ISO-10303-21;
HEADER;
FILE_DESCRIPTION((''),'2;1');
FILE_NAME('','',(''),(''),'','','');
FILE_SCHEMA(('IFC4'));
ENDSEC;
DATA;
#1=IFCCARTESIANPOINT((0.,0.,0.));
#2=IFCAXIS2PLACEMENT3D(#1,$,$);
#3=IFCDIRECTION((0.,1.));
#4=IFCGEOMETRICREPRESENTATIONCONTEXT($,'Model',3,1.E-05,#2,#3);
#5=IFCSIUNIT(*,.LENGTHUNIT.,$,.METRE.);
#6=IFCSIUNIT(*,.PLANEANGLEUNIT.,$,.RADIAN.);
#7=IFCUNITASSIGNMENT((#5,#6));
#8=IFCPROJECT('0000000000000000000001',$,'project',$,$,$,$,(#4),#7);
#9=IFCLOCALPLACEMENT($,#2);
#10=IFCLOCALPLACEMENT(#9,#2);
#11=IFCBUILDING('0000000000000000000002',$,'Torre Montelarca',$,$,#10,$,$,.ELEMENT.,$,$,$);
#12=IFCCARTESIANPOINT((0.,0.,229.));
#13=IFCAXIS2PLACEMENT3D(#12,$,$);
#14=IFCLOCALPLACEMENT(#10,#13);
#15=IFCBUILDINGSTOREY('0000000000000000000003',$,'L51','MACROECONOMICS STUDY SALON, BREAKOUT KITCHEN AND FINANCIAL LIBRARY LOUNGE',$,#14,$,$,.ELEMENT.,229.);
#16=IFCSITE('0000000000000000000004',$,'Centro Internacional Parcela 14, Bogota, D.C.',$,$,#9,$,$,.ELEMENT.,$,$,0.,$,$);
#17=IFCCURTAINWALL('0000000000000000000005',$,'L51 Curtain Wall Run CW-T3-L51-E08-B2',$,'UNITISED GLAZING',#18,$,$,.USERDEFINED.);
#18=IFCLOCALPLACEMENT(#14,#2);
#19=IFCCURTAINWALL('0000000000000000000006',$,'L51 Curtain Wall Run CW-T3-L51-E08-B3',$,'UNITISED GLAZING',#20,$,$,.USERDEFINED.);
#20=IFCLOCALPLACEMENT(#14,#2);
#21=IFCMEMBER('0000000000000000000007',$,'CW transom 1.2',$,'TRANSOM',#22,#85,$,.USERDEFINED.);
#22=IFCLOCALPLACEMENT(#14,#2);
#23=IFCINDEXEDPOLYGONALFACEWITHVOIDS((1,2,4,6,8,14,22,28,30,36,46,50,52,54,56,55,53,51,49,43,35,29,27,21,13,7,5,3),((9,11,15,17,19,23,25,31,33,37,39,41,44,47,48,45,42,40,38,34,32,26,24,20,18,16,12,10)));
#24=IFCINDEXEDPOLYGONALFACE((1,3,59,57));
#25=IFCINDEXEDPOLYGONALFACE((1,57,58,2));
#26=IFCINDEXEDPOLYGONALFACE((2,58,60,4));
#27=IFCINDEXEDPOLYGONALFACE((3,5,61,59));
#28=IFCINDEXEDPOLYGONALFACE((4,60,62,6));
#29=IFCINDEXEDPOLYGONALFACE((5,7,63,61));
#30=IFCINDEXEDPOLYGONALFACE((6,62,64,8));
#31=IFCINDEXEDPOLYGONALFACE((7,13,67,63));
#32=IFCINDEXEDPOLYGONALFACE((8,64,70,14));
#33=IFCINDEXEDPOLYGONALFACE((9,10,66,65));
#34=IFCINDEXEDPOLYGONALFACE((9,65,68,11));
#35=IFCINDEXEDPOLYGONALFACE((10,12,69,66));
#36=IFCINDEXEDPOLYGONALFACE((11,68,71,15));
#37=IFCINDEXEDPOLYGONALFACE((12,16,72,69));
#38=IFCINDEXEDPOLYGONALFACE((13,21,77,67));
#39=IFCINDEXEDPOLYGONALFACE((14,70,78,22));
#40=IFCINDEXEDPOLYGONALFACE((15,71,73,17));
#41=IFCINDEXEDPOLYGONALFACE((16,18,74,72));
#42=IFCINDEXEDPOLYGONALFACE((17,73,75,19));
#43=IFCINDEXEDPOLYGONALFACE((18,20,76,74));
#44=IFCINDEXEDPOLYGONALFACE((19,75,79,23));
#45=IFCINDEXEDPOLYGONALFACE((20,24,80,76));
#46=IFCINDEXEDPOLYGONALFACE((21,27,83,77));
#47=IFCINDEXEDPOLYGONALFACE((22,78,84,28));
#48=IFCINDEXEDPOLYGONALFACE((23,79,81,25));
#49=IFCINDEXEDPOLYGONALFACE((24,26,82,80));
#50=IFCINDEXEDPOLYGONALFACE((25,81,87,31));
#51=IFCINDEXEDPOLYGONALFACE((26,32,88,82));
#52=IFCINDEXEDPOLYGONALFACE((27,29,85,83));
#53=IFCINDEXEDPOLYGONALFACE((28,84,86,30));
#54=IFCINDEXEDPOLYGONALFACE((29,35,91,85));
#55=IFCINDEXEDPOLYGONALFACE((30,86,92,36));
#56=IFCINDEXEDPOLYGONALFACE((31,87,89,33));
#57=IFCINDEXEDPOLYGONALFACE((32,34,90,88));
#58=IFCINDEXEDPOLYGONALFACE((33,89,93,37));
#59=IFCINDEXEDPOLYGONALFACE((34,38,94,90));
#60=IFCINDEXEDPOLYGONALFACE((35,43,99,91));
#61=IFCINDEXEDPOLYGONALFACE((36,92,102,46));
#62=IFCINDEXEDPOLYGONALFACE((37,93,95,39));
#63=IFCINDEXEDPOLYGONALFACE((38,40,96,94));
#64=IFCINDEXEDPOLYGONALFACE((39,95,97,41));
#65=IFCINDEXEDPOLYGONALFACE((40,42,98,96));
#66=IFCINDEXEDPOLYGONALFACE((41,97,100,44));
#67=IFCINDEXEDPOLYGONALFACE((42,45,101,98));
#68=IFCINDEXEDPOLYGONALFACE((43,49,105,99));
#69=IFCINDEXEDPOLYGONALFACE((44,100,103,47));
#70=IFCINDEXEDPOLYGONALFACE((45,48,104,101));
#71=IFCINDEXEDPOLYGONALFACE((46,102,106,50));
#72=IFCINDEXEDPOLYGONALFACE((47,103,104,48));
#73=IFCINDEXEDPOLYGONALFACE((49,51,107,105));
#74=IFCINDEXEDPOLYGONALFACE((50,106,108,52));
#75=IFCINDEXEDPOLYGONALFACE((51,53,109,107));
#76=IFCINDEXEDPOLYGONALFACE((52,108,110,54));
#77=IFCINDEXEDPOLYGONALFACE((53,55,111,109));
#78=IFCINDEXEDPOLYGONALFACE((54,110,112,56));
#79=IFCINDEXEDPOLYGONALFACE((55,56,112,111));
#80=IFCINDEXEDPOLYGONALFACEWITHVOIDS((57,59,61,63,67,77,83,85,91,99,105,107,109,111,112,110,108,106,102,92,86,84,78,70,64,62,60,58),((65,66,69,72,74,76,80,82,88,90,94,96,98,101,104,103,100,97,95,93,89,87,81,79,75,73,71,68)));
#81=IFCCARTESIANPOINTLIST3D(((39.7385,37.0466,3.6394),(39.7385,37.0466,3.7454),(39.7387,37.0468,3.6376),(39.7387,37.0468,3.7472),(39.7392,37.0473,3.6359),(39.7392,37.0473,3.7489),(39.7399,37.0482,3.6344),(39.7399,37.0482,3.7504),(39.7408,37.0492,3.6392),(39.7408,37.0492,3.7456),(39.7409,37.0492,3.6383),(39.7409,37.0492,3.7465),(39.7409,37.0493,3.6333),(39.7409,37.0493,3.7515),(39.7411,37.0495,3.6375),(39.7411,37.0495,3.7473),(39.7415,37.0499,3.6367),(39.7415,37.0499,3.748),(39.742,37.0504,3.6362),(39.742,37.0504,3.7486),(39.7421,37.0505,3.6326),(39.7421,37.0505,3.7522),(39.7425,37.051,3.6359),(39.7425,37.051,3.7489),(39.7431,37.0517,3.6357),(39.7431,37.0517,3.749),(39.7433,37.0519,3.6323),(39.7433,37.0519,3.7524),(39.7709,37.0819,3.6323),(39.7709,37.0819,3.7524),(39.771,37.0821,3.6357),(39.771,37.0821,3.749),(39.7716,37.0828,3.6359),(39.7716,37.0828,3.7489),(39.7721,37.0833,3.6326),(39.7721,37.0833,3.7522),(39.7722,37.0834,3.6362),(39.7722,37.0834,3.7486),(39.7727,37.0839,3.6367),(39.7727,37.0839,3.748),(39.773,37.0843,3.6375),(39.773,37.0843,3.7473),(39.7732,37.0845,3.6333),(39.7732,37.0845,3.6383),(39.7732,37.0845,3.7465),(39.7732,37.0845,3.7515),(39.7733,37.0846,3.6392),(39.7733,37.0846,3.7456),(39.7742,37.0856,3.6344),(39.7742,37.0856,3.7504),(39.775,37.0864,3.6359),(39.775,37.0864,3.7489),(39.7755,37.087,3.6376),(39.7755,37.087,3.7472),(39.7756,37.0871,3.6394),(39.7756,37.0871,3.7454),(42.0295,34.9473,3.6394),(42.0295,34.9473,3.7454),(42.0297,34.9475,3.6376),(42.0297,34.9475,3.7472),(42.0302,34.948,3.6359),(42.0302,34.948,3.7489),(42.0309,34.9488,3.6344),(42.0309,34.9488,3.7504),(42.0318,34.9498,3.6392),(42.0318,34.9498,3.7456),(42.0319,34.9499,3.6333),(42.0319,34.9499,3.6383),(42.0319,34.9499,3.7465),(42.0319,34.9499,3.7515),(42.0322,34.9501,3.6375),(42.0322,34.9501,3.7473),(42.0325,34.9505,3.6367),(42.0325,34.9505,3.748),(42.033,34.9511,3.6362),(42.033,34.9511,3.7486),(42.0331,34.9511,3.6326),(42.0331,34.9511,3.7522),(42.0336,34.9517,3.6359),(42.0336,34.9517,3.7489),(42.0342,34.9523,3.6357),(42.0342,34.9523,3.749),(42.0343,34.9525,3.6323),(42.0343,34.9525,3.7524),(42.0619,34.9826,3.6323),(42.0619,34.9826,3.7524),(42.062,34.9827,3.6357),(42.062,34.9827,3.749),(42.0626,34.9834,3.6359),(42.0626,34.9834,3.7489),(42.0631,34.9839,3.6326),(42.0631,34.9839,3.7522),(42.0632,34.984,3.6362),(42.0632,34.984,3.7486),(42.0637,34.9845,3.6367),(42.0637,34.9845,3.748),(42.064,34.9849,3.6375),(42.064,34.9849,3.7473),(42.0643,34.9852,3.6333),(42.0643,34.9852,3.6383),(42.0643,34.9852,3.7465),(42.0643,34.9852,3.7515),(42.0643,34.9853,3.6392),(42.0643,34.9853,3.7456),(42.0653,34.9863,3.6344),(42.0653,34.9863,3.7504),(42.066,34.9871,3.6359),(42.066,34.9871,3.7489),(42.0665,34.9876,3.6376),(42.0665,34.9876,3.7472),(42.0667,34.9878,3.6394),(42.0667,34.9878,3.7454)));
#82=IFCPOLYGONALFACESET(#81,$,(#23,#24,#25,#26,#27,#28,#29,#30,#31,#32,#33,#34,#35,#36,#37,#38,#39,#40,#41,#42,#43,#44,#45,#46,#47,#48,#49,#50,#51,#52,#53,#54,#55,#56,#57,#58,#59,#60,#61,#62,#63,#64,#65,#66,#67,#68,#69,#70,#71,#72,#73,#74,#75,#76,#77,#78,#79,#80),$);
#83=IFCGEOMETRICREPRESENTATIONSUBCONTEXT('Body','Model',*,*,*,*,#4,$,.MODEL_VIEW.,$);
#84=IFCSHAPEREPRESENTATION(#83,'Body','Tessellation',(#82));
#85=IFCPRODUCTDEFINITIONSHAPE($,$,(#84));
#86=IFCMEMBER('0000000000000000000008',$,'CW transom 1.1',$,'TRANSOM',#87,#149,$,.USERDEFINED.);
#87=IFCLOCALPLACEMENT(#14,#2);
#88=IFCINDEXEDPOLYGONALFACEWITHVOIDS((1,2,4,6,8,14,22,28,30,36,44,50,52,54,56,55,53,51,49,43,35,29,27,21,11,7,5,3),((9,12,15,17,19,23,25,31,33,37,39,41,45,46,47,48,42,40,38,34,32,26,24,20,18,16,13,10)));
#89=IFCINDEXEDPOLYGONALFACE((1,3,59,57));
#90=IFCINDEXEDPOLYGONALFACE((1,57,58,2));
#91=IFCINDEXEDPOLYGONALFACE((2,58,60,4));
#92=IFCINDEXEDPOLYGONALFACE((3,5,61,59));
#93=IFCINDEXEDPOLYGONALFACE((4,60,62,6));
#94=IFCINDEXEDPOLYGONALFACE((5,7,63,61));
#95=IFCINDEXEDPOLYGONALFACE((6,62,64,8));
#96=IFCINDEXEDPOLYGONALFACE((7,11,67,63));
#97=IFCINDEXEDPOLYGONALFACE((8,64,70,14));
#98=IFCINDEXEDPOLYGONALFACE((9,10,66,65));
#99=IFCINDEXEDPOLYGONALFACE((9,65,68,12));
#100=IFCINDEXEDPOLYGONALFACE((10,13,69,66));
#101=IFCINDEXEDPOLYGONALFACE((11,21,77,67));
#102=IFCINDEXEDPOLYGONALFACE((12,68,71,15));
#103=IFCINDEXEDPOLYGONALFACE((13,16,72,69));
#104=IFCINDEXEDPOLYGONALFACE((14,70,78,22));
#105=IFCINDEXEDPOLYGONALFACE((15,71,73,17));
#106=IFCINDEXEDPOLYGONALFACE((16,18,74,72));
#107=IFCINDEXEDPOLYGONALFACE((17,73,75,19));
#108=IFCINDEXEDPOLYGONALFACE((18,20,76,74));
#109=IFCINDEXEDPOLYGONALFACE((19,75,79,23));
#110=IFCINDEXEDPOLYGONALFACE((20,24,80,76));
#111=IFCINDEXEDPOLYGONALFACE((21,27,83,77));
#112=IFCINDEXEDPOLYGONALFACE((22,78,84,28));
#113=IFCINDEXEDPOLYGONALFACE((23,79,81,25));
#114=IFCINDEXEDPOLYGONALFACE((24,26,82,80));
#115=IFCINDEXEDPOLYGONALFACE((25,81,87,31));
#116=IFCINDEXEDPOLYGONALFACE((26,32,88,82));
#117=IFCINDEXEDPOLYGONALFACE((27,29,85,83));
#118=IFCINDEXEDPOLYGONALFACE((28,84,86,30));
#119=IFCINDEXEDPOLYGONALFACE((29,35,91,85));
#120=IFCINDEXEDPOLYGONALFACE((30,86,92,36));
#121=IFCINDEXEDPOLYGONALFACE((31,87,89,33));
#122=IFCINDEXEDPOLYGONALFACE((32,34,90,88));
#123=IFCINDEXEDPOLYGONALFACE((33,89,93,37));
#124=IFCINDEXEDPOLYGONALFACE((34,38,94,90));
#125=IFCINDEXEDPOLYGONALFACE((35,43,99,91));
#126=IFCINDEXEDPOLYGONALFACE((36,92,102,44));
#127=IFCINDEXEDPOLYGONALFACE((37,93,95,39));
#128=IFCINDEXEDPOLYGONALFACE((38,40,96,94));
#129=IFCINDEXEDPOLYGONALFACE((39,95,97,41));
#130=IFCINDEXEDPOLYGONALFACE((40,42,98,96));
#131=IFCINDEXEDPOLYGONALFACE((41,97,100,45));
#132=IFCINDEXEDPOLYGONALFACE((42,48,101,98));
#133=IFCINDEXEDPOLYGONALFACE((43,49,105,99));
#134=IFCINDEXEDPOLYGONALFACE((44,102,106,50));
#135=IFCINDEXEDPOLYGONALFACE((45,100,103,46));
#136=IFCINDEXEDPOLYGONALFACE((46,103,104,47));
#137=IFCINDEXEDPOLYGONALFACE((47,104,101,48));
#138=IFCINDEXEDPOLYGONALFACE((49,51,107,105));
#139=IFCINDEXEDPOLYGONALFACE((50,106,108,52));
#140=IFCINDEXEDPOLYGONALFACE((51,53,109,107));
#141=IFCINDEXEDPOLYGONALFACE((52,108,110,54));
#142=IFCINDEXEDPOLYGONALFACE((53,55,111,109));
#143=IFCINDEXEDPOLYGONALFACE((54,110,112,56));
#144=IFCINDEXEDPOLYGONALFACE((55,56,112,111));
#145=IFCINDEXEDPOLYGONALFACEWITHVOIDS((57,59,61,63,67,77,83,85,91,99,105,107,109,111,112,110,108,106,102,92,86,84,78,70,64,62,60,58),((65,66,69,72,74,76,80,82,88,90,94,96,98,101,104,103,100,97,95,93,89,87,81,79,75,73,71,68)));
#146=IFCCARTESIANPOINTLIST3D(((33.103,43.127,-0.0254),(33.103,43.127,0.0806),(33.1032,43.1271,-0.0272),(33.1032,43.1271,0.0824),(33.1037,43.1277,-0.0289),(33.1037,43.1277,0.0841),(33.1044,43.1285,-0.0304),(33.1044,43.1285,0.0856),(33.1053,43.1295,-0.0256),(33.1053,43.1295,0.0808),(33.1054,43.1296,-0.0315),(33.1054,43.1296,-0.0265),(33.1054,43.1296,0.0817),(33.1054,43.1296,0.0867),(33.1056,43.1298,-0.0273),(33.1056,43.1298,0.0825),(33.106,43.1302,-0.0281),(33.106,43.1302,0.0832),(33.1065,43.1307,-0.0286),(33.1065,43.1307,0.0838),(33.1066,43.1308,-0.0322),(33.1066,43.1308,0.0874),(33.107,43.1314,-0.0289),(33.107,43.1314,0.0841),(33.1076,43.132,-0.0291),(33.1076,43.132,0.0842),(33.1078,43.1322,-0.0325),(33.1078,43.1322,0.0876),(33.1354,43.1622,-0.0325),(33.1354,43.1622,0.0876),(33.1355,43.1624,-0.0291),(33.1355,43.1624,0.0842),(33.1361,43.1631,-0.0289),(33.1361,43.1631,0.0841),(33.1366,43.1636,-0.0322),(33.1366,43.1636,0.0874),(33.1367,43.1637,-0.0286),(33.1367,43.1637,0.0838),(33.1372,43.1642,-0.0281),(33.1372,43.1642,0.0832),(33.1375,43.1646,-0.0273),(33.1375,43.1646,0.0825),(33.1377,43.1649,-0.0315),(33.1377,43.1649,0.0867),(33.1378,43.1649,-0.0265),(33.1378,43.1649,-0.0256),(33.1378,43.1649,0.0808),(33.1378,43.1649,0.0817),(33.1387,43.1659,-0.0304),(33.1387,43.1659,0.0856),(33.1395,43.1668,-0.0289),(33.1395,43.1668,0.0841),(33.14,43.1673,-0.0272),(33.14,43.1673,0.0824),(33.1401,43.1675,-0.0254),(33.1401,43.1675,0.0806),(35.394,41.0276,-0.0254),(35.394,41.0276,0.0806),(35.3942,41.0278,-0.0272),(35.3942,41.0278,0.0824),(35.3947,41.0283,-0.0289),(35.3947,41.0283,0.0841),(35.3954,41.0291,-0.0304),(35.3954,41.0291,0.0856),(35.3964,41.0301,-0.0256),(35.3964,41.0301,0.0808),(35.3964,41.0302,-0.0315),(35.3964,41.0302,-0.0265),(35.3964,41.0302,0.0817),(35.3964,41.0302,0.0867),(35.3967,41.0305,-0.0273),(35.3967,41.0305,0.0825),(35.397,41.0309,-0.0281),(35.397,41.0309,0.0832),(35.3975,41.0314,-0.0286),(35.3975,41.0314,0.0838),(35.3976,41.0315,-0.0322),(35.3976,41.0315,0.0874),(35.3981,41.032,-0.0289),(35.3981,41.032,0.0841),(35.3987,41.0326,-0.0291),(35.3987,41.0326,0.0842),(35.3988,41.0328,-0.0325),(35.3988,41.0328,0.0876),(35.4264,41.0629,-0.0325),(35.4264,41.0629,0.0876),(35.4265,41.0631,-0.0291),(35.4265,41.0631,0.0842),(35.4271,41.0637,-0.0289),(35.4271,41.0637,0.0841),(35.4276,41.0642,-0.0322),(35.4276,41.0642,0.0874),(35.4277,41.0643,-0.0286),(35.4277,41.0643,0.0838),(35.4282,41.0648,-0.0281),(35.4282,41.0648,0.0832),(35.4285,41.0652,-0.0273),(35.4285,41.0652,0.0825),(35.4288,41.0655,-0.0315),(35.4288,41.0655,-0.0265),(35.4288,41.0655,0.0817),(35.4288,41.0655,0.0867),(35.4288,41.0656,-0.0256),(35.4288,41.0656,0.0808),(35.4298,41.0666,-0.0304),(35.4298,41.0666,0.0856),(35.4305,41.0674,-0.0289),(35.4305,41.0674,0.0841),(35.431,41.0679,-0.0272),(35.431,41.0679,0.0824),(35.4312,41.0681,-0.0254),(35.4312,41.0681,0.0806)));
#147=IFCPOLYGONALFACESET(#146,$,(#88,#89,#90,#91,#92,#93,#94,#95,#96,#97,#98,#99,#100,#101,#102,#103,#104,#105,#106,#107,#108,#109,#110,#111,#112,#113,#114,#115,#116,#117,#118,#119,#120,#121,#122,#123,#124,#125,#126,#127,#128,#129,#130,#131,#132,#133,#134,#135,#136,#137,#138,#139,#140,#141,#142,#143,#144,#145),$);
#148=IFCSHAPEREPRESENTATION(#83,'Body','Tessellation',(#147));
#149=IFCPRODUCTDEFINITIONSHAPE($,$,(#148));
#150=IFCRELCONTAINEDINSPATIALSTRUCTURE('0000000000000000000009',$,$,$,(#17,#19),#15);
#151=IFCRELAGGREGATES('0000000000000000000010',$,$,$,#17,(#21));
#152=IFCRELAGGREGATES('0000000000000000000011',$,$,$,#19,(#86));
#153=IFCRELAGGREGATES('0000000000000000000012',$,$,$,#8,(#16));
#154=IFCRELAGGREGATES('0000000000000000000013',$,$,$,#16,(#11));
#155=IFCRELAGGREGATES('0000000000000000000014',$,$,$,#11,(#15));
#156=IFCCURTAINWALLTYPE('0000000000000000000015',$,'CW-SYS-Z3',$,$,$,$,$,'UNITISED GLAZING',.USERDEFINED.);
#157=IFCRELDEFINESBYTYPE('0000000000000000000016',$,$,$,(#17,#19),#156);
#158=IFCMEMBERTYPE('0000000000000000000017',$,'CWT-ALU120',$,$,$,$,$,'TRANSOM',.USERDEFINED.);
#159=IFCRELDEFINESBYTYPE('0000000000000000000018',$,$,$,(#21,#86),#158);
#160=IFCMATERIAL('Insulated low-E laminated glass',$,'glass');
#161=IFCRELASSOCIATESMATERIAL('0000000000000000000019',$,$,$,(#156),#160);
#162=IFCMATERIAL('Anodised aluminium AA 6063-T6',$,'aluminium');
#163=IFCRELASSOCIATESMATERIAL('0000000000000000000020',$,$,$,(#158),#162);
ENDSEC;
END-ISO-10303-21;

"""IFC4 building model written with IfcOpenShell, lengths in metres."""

from ifc_helpers import new_model, si_unit, direction, frame, origin, origin_2d, place, context, subcontext, project, spatial, hollow_rectangle, extrude, source, transform, mapped, material, material_profile, profile_set, type_object, element, aggregate, save


model = new_model("IFC4")

# Units and contexts
model_context = context("Model", 3, precision=1e-05, world=origin(), true_north=direction((0.0, 1.0)))
body_context = subcontext(model_context, "Body", "Model", "MODEL_VIEW")
ifc_project = project(units=[si_unit("LENGTHUNIT", "METRE"), si_unit("PLANEANGLEUNIT", "RADIAN")], contexts=[model_context])

# Site, building, storey
site_placement = place(None, origin())
site = spatial("IfcSite", under=ifc_project, at=site_placement, Name="Centro Internacional Parcela 14, Bogota, D.C.", CompositionType="ELEMENT", RefElevation=0.0)
building_placement = place(site_placement, origin())
building = spatial("IfcBuilding", under=site, at=building_placement, Name="Torre Montelarca", CompositionType="ELEMENT")
storey_placement = place(building_placement, frame((0.0, 0.0, 229.0)))
storey = spatial("IfcBuildingStorey", under=building, at=storey_placement, Name="L51", Description="MACROECONOMICS STUDY SALON, BREAKOUT KITCHEN AND FINANCIAL LIBRARY LOUNGE", CompositionType="ELEMENT", Elevation=229.0)

# Curtain walls
ifc_material_1 = material(Name="Insulated low-E laminated glass", Category="glass")
curtain_wall_type = type_object("IfcCurtainWallType", Name="CW-SYS-Z3", ElementType="UNITISED GLAZING", PredefinedType="USERDEFINED", material=ifc_material_1)
ifc_material_2 = material(Name="Anodised aluminium AA 6063-T6", Category="aluminium")
curtain_wall_1_placement = place(storey_placement, origin())
curtain_wall_1 = element("IfcCurtainWall", 1, at=curtain_wall_1_placement, inside=storey, type_object=curtain_wall_type, Name="L51 Curtain Wall Run CW-T3-L51-E08-B2", ObjectType="UNITISED GLAZING", PredefinedType="USERDEFINED")
curtain_wall_2_placement = place(storey_placement, origin())
curtain_wall_2 = element("IfcCurtainWall", 2, at=curtain_wall_2_placement, inside=storey, type_object=curtain_wall_type, Name="L51 Curtain Wall Run CW-T3-L51-E08-B3", ObjectType="UNITISED GLAZING", PredefinedType="USERDEFINED")

# Members
ifc_material_profile_1 = material_profile(ifc_material_2, hollow_rectangle(XDim=0.0549, YDim=0.1201, WallThickness=0.0034, InnerFilletRadius=0.0034, OuterFilletRadius=0.0071, at=origin_2d()), Name="ALU55X120X3.5", Category="aluminium")
ifc_profile_set_1 = profile_set([ifc_material_profile_1], Name="Anodised aluminium AA 6063-T6")
member_type_1 = type_object("IfcMemberType", Name="CWT-ALU120", ElementType="TRANSOM", PredefinedType="USERDEFINED", material=ifc_profile_set_1)
shared_shape_1 = source(origin(), body_context, "Body", "SweptSolid", [
    extrude(hollow_rectangle(XDim=0.0549, YDim=0.1201, WallThickness=0.0034, InnerFilletRadius=0.0034, OuterFilletRadius=0.0071, at=origin_2d()), origin(), (0.0, 0.0, 1.0), 3.1074),
])
member_1_placement = place(storey_placement, frame((42.0481, 34.9675, 3.6924), z_axis=(-0.737272, 0.675597, 0.0), x_axis=(-0.675597, -0.737272, 0.0)))
member_1 = element("IfcMember", 3, at=member_1_placement, type_object=member_type_1, Name="CW transom 1.2", ObjectType="TRANSOM", PredefinedType="USERDEFINED", context=body_context, shape_type="MappedRepresentation", body=[
    mapped(shared_shape_1, transform((0.0, 0.0, 0.0), scale=1.0)),
])
member_2_placement = place(storey_placement, frame((35.4126, 41.0479, 0.0276), z_axis=(-0.737272, 0.675597, 0.0), x_axis=(-0.675597, -0.737272, 0.0)))
member_2 = element("IfcMember", 4, at=member_2_placement, type_object=member_type_1, Name="CW transom 1.1", ObjectType="TRANSOM", PredefinedType="USERDEFINED", context=body_context, shape_type="MappedRepresentation", body=[
    mapped(shared_shape_1, transform((0.0, 0.0, 0.0), scale=1.0)),
])

aggregate(curtain_wall_1, [member_1])
aggregate(curtain_wall_2, [member_2])

save(model, "model.ifc")
